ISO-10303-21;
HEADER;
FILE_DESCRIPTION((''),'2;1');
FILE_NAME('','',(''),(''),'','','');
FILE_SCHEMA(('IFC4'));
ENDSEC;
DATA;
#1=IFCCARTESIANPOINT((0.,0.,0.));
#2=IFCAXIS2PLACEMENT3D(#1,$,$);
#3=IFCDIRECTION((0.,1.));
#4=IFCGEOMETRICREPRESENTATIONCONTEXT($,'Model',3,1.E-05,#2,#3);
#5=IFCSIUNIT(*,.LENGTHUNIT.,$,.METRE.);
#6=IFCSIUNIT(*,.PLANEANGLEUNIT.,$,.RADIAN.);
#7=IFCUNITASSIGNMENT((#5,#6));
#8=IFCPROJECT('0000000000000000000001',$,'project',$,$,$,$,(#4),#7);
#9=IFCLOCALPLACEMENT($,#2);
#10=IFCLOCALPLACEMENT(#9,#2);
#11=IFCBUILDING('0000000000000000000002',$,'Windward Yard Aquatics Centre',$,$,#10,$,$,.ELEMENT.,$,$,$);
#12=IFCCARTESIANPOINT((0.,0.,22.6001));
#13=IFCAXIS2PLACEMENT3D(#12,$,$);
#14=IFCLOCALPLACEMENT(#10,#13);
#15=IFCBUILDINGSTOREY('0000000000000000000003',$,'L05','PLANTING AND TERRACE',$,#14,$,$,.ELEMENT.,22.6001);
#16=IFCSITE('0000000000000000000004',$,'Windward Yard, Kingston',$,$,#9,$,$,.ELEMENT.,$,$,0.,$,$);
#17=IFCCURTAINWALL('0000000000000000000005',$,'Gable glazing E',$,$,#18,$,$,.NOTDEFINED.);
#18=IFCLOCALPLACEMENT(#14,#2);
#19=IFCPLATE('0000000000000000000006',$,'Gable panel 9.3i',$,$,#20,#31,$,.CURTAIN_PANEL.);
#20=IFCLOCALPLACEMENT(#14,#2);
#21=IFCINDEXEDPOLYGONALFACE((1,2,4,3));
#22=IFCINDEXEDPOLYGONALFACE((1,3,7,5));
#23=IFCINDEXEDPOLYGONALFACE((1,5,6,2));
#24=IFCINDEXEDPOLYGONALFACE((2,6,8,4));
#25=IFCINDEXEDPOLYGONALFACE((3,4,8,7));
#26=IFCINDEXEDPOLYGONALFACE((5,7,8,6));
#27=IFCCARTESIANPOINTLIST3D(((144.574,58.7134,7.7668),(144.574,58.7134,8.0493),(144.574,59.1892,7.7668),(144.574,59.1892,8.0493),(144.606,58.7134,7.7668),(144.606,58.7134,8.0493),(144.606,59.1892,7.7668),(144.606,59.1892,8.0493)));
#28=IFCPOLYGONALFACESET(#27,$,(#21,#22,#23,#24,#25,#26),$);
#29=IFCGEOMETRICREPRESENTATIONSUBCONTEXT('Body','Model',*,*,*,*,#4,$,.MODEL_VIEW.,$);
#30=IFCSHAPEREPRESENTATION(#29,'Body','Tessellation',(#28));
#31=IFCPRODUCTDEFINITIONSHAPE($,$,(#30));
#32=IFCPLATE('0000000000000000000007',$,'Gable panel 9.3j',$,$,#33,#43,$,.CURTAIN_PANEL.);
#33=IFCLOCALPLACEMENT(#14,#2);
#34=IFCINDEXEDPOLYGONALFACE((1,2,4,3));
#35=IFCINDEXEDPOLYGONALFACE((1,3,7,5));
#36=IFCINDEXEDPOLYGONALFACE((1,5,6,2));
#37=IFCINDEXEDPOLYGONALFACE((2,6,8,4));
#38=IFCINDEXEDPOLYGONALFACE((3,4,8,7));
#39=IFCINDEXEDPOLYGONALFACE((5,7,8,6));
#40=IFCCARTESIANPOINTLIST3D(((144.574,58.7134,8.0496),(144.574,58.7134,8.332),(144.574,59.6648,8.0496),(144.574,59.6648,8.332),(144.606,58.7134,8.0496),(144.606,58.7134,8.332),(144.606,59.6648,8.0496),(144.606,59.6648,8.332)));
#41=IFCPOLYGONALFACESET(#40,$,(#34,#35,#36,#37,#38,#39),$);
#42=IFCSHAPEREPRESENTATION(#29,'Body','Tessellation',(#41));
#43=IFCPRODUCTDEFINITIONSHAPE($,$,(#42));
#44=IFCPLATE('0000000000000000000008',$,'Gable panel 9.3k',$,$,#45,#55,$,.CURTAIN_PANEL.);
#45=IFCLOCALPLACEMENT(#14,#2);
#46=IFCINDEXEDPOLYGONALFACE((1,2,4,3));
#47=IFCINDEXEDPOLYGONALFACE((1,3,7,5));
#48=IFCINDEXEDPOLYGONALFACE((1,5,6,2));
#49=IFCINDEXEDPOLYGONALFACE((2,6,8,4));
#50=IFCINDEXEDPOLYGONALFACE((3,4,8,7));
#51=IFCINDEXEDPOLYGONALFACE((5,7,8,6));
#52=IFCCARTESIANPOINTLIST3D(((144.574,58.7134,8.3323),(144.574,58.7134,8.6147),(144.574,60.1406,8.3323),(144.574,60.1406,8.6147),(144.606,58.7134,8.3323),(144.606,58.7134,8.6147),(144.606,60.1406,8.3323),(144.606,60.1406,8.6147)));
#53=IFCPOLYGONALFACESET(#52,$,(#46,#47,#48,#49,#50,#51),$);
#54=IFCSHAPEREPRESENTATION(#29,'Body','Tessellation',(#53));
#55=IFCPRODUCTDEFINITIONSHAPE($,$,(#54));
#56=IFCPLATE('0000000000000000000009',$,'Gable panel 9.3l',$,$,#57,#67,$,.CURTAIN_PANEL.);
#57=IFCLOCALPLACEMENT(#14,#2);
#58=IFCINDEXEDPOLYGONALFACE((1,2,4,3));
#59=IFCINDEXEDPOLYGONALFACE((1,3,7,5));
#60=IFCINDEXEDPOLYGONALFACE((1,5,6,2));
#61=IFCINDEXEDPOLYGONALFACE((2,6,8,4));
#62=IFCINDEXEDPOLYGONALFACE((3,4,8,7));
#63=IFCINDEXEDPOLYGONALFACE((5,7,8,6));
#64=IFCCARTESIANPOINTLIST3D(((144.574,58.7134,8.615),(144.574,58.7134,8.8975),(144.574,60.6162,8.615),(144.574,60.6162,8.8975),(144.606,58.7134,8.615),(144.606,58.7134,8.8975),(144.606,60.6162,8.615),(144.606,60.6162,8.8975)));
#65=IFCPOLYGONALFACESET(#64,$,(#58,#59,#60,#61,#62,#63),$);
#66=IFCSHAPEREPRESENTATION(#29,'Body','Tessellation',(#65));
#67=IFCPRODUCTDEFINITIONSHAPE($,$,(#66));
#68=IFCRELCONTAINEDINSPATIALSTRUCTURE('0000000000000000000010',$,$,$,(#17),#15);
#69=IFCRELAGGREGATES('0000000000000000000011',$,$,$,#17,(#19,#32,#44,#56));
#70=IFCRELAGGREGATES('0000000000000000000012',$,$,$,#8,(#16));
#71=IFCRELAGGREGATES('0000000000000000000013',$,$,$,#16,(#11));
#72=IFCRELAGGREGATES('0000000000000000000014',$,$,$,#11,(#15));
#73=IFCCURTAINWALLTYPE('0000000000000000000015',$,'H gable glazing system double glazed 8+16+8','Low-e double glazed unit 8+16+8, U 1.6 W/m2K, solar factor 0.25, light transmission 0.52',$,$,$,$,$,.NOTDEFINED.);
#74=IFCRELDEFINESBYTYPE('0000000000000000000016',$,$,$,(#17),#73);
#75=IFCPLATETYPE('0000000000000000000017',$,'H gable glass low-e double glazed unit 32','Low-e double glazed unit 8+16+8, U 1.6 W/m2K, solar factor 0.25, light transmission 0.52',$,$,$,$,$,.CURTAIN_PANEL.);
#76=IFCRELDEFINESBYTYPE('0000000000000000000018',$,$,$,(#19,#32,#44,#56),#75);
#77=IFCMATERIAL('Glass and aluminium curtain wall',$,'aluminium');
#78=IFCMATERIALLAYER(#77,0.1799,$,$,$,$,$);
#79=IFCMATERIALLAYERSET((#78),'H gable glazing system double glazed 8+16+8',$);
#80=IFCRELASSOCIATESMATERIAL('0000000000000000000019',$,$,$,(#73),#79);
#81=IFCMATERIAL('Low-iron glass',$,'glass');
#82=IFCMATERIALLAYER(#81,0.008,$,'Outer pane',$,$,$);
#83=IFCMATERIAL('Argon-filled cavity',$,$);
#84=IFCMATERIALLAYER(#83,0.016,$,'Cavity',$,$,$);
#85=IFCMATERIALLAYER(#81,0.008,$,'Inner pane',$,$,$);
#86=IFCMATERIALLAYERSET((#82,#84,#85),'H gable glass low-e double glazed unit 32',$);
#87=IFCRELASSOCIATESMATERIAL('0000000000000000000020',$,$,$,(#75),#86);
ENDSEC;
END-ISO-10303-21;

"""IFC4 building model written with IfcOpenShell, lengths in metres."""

from ifc_helpers import new_model, si_unit, direction, frame, origin, place, context, subcontext, project, spatial, polyline, outline, extrude, material, layer, layer_set, type_object, element, aggregate, save


model = new_model("IFC4")

# Units and contexts
model_context = context("Model", 3, precision=1e-05, world=origin(), true_north=direction((0.0, 1.0)))
body_context = subcontext(model_context, "Body", "Model", "MODEL_VIEW")
ifc_project = project(units=[si_unit("LENGTHUNIT", "METRE"), si_unit("PLANEANGLEUNIT", "RADIAN")], contexts=[model_context])

# Site, building, storey
site_placement = place(None, origin())
site = spatial("IfcSite", under=ifc_project, at=site_placement, Name="Windward Yard, Kingston", CompositionType="ELEMENT", RefElevation=0.0)
building_placement = place(site_placement, origin())
building = spatial("IfcBuilding", under=site, at=building_placement, Name="Windward Yard Aquatics Centre", CompositionType="ELEMENT")
storey_placement = place(building_placement, frame((0.0, 0.0, 22.6001)))
storey = spatial("IfcBuildingStorey", under=building, at=storey_placement, Name="L05", Description="PLANTING AND TERRACE", CompositionType="ELEMENT", Elevation=22.6001)

# Curtain wall, plates
ifc_material_1 = material(Name="Glass and aluminium curtain wall", Category="aluminium")
ifc_layer_1 = layer(ifc_material_1, 0.1799)
ifc_layer_set_1 = layer_set([ifc_layer_1], Name="H gable glazing system double glazed 8+16+8")
curtain_wall_type = type_object("IfcCurtainWallType", Name="H gable glazing system double glazed 8+16+8", Description="Low-e double glazed unit 8+16+8, U 1.6 W/m2K, solar factor 0.25, light transmission 0.52", PredefinedType="NOTDEFINED", material=ifc_layer_set_1)
curtain_wall_placement = place(storey_placement, origin())
curtain_wall = element("IfcCurtainWall", 1, at=curtain_wall_placement, inside=storey, type_object=curtain_wall_type, Name="Gable glazing E", PredefinedType="NOTDEFINED")
ifc_material_2 = material(Name="Low-iron glass", Category="glass")
ifc_layer_2 = layer(ifc_material_2, 0.008, Name="Outer pane")
ifc_material_3 = material(Name="Argon-filled cavity")
ifc_layer_3 = layer(ifc_material_3, 0.016, Name="Cavity")
ifc_layer_4 = layer(ifc_material_2, 0.008, Name="Inner pane")
ifc_layer_set_2 = layer_set([ifc_layer_2, ifc_layer_3, ifc_layer_4], Name="H gable glass low-e double glazed unit 32")
plate_type = type_object("IfcPlateType", Name="H gable glass low-e double glazed unit 32", Description="Low-e double glazed unit 8+16+8, U 1.6 W/m2K, solar factor 0.25, light transmission 0.52", PredefinedType="CURTAIN_PANEL", material=ifc_layer_set_2)
plate_1_placement = place(storey_placement, frame((144.606, 58.7134, 7.7668), z_axis=(1.0, 0.0, 0.0), x_axis=(0.0, 1.0, 0.0)))
plate_1 = element("IfcPlate", 2, at=plate_1_placement, type_object=plate_type, Name="Gable panel 9.3i", PredefinedType="CURTAIN_PANEL", context=body_context, shape_type="SweptSolid", body=[
    extrude(outline(polyline([(0.0, 0.0), (0.4758, 0.0), (0.4758, 0.2825), (0.0, 0.2825), (0.0, 0.0)])), origin(), (0.0, 0.0, -1.0), 0.032),
])
plate_2_placement = place(storey_placement, frame((144.606, 58.7134, 8.0496), z_axis=(1.0, 0.0, 0.0), x_axis=(0.0, 1.0, 0.0)))
plate_2 = element("IfcPlate", 3, at=plate_2_placement, type_object=plate_type, Name="Gable panel 9.3j", PredefinedType="CURTAIN_PANEL", context=body_context, shape_type="SweptSolid", body=[
    extrude(outline(polyline([(0.0, 0.0), (0.9514, 0.0), (0.9514, 0.2825), (0.0, 0.2825), (0.0, 0.0)])), origin(), (0.0, 0.0, -1.0), 0.032),
])
plate_3_placement = place(storey_placement, frame((144.606, 58.7134, 8.3323), z_axis=(1.0, 0.0, 0.0), x_axis=(0.0, 1.0, 0.0)))
plate_3 = element("IfcPlate", 4, at=plate_3_placement, type_object=plate_type, Name="Gable panel 9.3k", PredefinedType="CURTAIN_PANEL", context=body_context, shape_type="SweptSolid", body=[
    extrude(outline(polyline([(0.0, 0.0), (1.4272, 0.0), (1.4272, 0.2825), (0.0, 0.2825), (0.0, 0.0)])), origin(), (0.0, 0.0, -1.0), 0.032),
])
plate_4_placement = place(storey_placement, frame((144.606, 58.7134, 8.615), z_axis=(1.0, 0.0, 0.0), x_axis=(0.0, 1.0, 0.0)))
plate_4 = element("IfcPlate", 5, at=plate_4_placement, type_object=plate_type, Name="Gable panel 9.3l", PredefinedType="CURTAIN_PANEL", context=body_context, shape_type="SweptSolid", body=[
    extrude(outline(polyline([(0.0, 0.0), (1.9028, 0.0), (1.9028, 0.2825), (0.0, 0.2825), (0.0, 0.0)])), origin(), (0.0, 0.0, -1.0), 0.032),
])
aggregate(curtain_wall, [plate_1, plate_2, plate_3, plate_4])

save(model, "model.ifc")
